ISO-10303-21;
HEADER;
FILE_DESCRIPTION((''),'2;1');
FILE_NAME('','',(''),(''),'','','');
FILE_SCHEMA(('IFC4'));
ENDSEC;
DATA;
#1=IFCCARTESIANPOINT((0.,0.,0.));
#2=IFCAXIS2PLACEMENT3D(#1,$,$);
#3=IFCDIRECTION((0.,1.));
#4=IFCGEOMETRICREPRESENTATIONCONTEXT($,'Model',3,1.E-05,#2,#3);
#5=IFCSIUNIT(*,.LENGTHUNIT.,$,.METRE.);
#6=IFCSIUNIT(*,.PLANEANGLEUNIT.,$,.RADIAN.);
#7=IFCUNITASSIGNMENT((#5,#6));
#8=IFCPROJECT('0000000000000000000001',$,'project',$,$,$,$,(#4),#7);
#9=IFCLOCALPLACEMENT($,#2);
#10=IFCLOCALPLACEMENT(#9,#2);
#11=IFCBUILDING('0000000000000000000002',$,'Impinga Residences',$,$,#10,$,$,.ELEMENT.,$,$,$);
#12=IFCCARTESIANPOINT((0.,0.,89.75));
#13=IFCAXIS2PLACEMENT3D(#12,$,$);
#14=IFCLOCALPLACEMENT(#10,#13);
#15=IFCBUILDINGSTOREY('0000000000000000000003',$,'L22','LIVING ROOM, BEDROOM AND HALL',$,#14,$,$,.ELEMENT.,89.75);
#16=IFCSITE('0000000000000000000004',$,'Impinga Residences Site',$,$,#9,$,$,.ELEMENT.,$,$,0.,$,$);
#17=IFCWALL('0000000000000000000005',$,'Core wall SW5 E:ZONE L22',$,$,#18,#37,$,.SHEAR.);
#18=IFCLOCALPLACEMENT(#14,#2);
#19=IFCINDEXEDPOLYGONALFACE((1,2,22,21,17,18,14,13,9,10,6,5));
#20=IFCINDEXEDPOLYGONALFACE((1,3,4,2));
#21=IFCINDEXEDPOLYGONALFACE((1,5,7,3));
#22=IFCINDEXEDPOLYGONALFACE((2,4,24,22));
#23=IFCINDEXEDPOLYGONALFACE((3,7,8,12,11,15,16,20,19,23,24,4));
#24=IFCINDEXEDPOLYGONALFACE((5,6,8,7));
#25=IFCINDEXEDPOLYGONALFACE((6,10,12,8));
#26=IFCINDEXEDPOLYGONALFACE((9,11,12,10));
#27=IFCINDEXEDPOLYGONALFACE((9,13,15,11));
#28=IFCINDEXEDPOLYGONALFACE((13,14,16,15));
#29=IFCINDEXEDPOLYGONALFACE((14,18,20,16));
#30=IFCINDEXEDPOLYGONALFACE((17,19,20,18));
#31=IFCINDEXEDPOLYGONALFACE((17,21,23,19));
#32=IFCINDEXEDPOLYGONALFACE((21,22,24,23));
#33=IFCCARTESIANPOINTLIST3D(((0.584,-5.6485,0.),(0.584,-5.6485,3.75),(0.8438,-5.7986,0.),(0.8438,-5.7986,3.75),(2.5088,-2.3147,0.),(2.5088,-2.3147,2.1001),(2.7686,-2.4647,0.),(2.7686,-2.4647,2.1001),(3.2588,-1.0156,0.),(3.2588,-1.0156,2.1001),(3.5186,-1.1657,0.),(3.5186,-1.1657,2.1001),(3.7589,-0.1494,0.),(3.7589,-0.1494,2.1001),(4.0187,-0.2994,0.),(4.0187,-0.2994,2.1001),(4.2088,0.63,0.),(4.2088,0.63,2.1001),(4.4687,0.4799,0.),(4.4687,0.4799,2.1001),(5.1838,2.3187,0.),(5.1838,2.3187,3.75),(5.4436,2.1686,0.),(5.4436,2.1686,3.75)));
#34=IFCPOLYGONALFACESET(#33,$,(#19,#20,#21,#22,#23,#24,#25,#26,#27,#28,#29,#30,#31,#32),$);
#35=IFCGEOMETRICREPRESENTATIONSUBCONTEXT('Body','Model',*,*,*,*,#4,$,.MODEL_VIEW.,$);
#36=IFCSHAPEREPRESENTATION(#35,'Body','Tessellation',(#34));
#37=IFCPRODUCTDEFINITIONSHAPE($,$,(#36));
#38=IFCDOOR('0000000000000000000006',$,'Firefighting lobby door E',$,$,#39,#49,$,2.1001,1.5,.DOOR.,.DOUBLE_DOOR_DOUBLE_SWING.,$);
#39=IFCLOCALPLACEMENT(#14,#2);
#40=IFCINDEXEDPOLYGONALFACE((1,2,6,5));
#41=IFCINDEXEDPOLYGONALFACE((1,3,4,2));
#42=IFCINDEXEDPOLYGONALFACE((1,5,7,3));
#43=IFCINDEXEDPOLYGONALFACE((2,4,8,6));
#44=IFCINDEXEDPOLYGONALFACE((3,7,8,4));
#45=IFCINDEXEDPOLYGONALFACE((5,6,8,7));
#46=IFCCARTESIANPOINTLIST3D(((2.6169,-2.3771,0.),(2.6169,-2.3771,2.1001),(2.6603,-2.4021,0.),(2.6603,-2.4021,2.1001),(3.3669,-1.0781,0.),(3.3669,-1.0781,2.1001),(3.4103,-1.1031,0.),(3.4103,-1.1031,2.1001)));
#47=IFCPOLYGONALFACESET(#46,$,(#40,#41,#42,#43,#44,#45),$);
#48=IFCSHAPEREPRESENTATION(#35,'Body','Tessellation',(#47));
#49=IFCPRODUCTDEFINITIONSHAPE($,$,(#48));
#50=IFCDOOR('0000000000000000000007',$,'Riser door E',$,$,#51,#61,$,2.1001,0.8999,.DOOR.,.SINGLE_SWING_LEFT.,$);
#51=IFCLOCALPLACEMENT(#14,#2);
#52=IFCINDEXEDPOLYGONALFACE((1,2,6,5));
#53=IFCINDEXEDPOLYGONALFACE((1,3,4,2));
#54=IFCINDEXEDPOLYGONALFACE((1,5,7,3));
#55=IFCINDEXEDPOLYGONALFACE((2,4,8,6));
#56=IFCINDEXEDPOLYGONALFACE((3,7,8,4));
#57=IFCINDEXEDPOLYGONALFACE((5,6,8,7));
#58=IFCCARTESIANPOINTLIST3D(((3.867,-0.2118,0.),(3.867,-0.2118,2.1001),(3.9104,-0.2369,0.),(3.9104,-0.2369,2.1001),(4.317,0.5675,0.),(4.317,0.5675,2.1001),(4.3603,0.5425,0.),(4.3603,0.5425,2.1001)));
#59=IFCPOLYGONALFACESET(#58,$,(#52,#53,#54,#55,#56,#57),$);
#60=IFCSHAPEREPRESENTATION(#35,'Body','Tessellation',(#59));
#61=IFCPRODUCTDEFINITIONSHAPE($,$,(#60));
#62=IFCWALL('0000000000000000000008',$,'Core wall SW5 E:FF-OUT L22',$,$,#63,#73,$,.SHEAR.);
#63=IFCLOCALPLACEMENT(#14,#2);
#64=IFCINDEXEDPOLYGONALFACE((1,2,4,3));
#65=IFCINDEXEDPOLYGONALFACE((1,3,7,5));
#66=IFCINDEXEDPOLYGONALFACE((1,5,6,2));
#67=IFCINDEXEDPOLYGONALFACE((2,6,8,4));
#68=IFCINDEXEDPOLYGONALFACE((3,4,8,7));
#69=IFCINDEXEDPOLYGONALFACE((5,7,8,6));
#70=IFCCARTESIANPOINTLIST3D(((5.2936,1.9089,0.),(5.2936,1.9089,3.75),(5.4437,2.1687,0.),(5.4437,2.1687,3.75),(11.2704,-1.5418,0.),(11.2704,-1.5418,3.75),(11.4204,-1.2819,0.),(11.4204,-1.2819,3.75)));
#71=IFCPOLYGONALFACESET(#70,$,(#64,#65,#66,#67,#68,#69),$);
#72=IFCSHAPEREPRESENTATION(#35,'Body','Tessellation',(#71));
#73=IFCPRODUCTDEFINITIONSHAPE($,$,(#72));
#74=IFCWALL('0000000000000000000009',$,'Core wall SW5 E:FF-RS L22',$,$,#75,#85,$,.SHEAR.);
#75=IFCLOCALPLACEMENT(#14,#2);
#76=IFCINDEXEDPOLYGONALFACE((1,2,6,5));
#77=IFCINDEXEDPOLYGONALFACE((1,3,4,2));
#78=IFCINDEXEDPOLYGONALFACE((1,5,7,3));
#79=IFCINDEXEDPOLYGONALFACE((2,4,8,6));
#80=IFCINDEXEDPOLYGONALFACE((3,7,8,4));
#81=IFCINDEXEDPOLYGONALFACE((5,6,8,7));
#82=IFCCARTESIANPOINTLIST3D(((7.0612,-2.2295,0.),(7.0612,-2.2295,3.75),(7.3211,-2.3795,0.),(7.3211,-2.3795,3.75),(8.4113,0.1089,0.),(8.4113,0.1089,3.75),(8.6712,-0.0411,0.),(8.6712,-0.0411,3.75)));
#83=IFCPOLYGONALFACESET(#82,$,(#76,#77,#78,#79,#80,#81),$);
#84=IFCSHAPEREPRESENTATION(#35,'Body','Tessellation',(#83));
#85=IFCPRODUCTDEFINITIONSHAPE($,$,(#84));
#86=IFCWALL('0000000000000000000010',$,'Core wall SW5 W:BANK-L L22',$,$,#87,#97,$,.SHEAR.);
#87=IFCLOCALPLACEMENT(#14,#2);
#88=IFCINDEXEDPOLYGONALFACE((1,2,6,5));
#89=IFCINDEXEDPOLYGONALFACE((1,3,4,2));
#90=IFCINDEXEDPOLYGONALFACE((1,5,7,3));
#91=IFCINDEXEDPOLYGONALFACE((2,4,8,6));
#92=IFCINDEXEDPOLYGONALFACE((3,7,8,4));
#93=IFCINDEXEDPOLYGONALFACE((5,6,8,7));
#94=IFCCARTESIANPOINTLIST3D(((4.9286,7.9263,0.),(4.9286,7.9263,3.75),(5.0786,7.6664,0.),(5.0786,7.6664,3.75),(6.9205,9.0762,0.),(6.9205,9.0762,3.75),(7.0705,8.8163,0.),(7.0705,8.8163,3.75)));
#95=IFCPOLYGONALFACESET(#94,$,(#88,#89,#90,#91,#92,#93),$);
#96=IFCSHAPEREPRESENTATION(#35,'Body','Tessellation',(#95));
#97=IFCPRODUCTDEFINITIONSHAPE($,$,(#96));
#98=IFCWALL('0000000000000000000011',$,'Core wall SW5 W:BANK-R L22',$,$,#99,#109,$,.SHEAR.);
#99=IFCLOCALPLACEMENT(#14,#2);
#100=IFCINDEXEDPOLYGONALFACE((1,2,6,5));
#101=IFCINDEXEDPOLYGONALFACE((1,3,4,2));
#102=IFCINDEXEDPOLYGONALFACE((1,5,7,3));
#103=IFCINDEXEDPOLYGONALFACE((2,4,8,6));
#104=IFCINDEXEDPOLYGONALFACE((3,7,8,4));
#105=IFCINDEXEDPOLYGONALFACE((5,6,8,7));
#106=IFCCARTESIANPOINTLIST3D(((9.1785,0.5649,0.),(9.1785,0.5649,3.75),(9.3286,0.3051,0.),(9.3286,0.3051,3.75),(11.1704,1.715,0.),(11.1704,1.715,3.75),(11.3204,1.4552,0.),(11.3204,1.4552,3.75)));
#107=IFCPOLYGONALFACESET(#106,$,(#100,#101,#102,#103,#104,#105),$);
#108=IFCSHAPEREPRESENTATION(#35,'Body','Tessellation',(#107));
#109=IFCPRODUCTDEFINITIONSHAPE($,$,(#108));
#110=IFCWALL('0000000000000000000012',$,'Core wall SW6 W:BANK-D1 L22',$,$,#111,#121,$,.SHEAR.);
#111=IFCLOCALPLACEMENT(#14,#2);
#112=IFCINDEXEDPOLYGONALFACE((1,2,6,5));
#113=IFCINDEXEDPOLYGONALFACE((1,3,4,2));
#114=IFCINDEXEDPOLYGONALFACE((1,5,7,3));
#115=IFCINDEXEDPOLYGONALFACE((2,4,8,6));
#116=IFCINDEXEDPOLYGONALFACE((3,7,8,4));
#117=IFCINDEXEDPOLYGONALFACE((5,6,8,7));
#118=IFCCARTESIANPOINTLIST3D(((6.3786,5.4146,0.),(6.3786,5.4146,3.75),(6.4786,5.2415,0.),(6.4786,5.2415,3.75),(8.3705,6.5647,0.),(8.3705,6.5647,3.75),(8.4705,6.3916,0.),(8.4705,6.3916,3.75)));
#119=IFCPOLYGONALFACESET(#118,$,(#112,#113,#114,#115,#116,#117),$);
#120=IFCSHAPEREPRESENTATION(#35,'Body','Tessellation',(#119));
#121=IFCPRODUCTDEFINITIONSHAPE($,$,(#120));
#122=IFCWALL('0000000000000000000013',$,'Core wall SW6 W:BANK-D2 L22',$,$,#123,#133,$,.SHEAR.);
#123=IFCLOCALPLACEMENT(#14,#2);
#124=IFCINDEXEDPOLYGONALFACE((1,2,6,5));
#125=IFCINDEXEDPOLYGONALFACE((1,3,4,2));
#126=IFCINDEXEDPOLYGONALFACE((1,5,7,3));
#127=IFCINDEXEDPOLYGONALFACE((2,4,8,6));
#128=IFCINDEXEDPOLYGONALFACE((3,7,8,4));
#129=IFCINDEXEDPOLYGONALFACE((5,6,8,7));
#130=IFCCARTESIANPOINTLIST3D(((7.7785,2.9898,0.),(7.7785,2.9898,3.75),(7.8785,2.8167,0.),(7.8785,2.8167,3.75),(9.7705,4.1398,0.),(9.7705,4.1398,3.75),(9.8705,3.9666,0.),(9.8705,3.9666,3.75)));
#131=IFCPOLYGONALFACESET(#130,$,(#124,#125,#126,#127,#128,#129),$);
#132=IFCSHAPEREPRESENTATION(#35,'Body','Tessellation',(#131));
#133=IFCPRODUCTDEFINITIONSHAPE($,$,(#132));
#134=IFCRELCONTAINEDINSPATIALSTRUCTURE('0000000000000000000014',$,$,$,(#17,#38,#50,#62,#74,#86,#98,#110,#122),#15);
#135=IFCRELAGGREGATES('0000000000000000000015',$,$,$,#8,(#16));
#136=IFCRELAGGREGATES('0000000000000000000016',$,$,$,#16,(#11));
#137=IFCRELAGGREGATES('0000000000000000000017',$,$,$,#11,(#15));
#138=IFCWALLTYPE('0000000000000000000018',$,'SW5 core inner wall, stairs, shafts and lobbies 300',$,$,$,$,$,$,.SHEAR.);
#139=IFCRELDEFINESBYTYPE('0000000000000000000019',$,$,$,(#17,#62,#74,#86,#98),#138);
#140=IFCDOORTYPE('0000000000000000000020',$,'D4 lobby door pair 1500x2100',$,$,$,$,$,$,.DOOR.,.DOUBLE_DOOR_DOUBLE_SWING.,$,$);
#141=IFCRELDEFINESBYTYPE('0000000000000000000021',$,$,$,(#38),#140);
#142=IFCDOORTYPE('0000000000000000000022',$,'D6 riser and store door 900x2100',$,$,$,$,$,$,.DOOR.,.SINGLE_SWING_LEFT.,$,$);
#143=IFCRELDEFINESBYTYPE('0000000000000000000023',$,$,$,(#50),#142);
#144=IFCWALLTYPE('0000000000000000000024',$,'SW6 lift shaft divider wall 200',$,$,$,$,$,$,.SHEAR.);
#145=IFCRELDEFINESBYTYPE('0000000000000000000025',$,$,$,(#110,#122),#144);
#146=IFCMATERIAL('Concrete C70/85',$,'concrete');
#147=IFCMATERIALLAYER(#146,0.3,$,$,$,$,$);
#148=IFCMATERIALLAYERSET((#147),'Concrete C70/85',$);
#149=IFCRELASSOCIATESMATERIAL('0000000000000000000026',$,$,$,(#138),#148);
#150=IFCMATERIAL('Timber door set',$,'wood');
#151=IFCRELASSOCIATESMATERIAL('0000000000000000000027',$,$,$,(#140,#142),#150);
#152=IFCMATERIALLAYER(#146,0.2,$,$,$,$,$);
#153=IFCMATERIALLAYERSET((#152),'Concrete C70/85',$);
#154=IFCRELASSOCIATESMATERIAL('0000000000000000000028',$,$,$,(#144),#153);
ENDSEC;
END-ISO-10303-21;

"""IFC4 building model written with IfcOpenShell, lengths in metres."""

from ifc_helpers import new_model, si_unit, direction, frame, frame_2d, origin, place, context, subcontext, project, spatial, rectangle, extrude, material, layer, layer_set, type_object, element, fill, save


model = new_model("IFC4")

# Units and contexts
model_context = context("Model", 3, precision=1e-05, world=origin(), true_north=direction((0.0, 1.0)))
body_context = subcontext(model_context, "Body", "Model", "MODEL_VIEW")
ifc_project = project(units=[si_unit("LENGTHUNIT", "METRE"), si_unit("PLANEANGLEUNIT", "RADIAN")], contexts=[model_context])

# Site, building, storey
site_placement = place(None, origin())
site = spatial("IfcSite", under=ifc_project, at=site_placement, Name="Impinga Residences Site", CompositionType="ELEMENT", RefElevation=0.0)
building_placement = place(site_placement, origin())
building = spatial("IfcBuilding", under=site, at=building_placement, Name="Impinga Residences", CompositionType="ELEMENT")
storey_placement = place(building_placement, frame((0.0, 0.0, 89.75)))
storey = spatial("IfcBuildingStorey", under=building, at=storey_placement, Name="L22", Description="LIVING ROOM, BEDROOM AND HALL", CompositionType="ELEMENT", Elevation=89.75)

# Shared definitions
ifc_material_1 = material(Name="Timber door set", Category="wood")

# Wall, openings, doors
ifc_material_2 = material(Name="Concrete C70/85", Category="concrete")
ifc_layer_1 = layer(ifc_material_2, 0.3)
ifc_layer_set_1 = layer_set([ifc_layer_1], Name="Concrete C70/85")
wall_type_1 = type_object("IfcWallType", Name="SW5 core inner wall, stairs, shafts and lobbies 300", PredefinedType="SHEAR", material=ifc_layer_set_1)
wall_1_placement = place(storey_placement, frame((5.3137, 2.2437, 0.0), z_axis=(0.0, 0.0, 1.0), x_axis=(-0.499995, -0.866028, 0.0)))
wall_1 = element("IfcWall", 1, at=wall_1_placement, inside=storey, type_object=wall_type_1, Name="Core wall SW5 E:ZONE L22", PredefinedType="SHEAR", context=body_context, shape_type="SweptSolid", body=[
    extrude(rectangle(XDim=9.1997, YDim=0.3, at=frame_2d((4.5999, 0.0))), origin(), (0.0, 0.0, 1.0), 3.75),
])
opening_1_placement = place(wall_1_placement, frame((3.8501, 0.0, 0.0)))
opening_1 = element("IfcOpeningElement", 2, at=opening_1_placement, cuts=wall_1, PredefinedType="OPENING", context=body_context, shape_type="SweptSolid", body=[
    extrude(rectangle(XDim=1.5, YDim=2.1001, at=frame_2d((0.75, 1.05))), frame((0.0, 0.1599, 0.0), z_axis=(0.0, -1.0, 0.0), x_axis=(1.0, 0.0, 0.0)), (0.0, 0.0, 1.0), 0.3201),
])
opening_2_placement = place(wall_1_placement, frame((1.95, 0.0, 0.0)))
opening_2 = element("IfcOpeningElement", 3, at=opening_2_placement, cuts=wall_1, PredefinedType="OPENING", context=body_context, shape_type="SweptSolid", body=[
    extrude(rectangle(XDim=0.8999, YDim=2.1001, at=frame_2d((0.45, 1.05))), frame((0.0, 0.1599, 0.0), z_axis=(0.0, -1.0, 0.0), x_axis=(1.0, 0.0, 0.0)), (0.0, 0.0, 1.0), 0.3201),
])
door_type_1 = type_object("IfcDoorType", Name="D4 lobby door pair 1500x2100", OperationType="DOUBLE_DOOR_DOUBLE_SWING", PredefinedType="DOOR", material=ifc_material_1)
door_1_placement = place(opening_1_placement, origin())
door_1 = element("IfcDoor", 4, at=door_1_placement, inside=storey, type_object=door_type_1, Name="Firefighting lobby door E", OperationType="DOUBLE_DOOR_DOUBLE_SWING", OverallHeight=2.1001, OverallWidth=1.5, PredefinedType="DOOR", context=body_context, shape_type="SweptSolid", body=[
    extrude(rectangle(XDim=1.5, YDim=2.1001, at=frame_2d((0.75, 1.05))), frame((0.0, 0.0249, 0.0), z_axis=(0.0, -1.0, 0.0), x_axis=(1.0, 0.0, 0.0)), (0.0, 0.0, 1.0), 0.05),
])
fill(opening_1, door_1)
door_type_2 = type_object("IfcDoorType", Name="D6 riser and store door 900x2100", OperationType="SINGLE_SWING_LEFT", PredefinedType="DOOR", material=ifc_material_1)
door_2_placement = place(opening_2_placement, origin())
door_2 = element("IfcDoor", 5, at=door_2_placement, inside=storey, type_object=door_type_2, Name="Riser door E", OperationType="SINGLE_SWING_LEFT", OverallHeight=2.1001, OverallWidth=0.8999, PredefinedType="DOOR", context=body_context, shape_type="SweptSolid", body=[
    extrude(rectangle(XDim=0.8999, YDim=2.1001, at=frame_2d((0.45, 1.05))), frame((0.0, 0.0249, 0.0), z_axis=(0.0, -1.0, 0.0), x_axis=(1.0, 0.0, 0.0)), (0.0, 0.0, 1.0), 0.05),
])
fill(opening_2, door_2)

# Walls
wall_2_placement = place(storey_placement, frame((5.3687, 2.0388, 0.0), z_axis=(0.0, 0.0, 1.0), x_axis=(0.866027, -0.499997, 0.0)))
element("IfcWall", 6, at=wall_2_placement, inside=storey, type_object=wall_type_1, Name="Core wall SW5 E:FF-OUT L22", PredefinedType="SHEAR", context=body_context, shape_type="SweptSolid", body=[
    extrude(rectangle(XDim=6.9014, YDim=0.3, at=frame_2d((3.4507, 0.0))), origin(), (0.0, 0.0, 1.0), 3.75),
])
wall_3_placement = place(storey_placement, frame((8.5413, 0.0339, 0.0), z_axis=(0.0, 0.0, 1.0), x_axis=(-0.500009, -0.86602, 0.0)))
element("IfcWall", 7, at=wall_3_placement, inside=storey, type_object=wall_type_1, Name="Core wall SW5 E:FF-RS L22", PredefinedType="SHEAR", context=body_context, shape_type="SweptSolid", body=[
    extrude(rectangle(XDim=2.7002, YDim=0.3, at=frame_2d((1.3501, 0.0))), origin(), (0.0, 0.0, 1.0), 3.75),
])
for number, where, z_axis, x_axis, name in (
    (8, (5.0037, 7.7964, 0.0), (0.0, 0.0, 1.0), (0.866053, 0.499952, 0.0), "Core wall SW5 W:BANK-L L22"),
    (9, (9.2537, 0.4351, 0.0), (0.0, 0.0, 1.0), (0.866007, 0.500032, 0.0), "Core wall SW5 W:BANK-R L22"),
):
    element("IfcWall", number, at=place(storey_placement, frame(where, z_axis=z_axis, x_axis=x_axis)), inside=storey, type_object=wall_type_1, Name=name, PredefinedType="SHEAR", context=body_context, shape_type="SweptSolid", body=[
        extrude(rectangle(XDim=2.3, YDim=0.3, at=frame_2d((1.1499, 0.0))), origin(), (0.0, 0.0, 1.0), 3.75),
    ])
ifc_layer_2 = layer(ifc_material_2, 0.2)
ifc_layer_set_2 = layer_set([ifc_layer_2], Name="Concrete C70/85")
wall_type_2 = type_object("IfcWallType", Name="SW6 lift shaft divider wall 200", PredefinedType="SHEAR", material=ifc_layer_set_2)
for number, where, z_axis, x_axis, name in (
    (10, (6.4287, 5.3281, 0.0), (0.0, 0.0, 1.0), (0.866007, 0.500032, 0.0), "Core wall SW6 W:BANK-D1 L22"),
    (11, (7.8286, 2.9033, 0.0), (0.0, 0.0, 1.0), (0.866053, 0.499952, 0.0), "Core wall SW6 W:BANK-D2 L22"),
):
    element("IfcWall", number, at=place(storey_placement, frame(where, z_axis=z_axis, x_axis=x_axis)), inside=storey, type_object=wall_type_2, Name=name, PredefinedType="SHEAR", context=body_context, shape_type="SweptSolid", body=[
        extrude(rectangle(XDim=2.3, YDim=0.2, at=frame_2d((1.1499, 0.0))), origin(), (0.0, 0.0, 1.0), 3.75),
    ])

save(model, "model.ifc")
